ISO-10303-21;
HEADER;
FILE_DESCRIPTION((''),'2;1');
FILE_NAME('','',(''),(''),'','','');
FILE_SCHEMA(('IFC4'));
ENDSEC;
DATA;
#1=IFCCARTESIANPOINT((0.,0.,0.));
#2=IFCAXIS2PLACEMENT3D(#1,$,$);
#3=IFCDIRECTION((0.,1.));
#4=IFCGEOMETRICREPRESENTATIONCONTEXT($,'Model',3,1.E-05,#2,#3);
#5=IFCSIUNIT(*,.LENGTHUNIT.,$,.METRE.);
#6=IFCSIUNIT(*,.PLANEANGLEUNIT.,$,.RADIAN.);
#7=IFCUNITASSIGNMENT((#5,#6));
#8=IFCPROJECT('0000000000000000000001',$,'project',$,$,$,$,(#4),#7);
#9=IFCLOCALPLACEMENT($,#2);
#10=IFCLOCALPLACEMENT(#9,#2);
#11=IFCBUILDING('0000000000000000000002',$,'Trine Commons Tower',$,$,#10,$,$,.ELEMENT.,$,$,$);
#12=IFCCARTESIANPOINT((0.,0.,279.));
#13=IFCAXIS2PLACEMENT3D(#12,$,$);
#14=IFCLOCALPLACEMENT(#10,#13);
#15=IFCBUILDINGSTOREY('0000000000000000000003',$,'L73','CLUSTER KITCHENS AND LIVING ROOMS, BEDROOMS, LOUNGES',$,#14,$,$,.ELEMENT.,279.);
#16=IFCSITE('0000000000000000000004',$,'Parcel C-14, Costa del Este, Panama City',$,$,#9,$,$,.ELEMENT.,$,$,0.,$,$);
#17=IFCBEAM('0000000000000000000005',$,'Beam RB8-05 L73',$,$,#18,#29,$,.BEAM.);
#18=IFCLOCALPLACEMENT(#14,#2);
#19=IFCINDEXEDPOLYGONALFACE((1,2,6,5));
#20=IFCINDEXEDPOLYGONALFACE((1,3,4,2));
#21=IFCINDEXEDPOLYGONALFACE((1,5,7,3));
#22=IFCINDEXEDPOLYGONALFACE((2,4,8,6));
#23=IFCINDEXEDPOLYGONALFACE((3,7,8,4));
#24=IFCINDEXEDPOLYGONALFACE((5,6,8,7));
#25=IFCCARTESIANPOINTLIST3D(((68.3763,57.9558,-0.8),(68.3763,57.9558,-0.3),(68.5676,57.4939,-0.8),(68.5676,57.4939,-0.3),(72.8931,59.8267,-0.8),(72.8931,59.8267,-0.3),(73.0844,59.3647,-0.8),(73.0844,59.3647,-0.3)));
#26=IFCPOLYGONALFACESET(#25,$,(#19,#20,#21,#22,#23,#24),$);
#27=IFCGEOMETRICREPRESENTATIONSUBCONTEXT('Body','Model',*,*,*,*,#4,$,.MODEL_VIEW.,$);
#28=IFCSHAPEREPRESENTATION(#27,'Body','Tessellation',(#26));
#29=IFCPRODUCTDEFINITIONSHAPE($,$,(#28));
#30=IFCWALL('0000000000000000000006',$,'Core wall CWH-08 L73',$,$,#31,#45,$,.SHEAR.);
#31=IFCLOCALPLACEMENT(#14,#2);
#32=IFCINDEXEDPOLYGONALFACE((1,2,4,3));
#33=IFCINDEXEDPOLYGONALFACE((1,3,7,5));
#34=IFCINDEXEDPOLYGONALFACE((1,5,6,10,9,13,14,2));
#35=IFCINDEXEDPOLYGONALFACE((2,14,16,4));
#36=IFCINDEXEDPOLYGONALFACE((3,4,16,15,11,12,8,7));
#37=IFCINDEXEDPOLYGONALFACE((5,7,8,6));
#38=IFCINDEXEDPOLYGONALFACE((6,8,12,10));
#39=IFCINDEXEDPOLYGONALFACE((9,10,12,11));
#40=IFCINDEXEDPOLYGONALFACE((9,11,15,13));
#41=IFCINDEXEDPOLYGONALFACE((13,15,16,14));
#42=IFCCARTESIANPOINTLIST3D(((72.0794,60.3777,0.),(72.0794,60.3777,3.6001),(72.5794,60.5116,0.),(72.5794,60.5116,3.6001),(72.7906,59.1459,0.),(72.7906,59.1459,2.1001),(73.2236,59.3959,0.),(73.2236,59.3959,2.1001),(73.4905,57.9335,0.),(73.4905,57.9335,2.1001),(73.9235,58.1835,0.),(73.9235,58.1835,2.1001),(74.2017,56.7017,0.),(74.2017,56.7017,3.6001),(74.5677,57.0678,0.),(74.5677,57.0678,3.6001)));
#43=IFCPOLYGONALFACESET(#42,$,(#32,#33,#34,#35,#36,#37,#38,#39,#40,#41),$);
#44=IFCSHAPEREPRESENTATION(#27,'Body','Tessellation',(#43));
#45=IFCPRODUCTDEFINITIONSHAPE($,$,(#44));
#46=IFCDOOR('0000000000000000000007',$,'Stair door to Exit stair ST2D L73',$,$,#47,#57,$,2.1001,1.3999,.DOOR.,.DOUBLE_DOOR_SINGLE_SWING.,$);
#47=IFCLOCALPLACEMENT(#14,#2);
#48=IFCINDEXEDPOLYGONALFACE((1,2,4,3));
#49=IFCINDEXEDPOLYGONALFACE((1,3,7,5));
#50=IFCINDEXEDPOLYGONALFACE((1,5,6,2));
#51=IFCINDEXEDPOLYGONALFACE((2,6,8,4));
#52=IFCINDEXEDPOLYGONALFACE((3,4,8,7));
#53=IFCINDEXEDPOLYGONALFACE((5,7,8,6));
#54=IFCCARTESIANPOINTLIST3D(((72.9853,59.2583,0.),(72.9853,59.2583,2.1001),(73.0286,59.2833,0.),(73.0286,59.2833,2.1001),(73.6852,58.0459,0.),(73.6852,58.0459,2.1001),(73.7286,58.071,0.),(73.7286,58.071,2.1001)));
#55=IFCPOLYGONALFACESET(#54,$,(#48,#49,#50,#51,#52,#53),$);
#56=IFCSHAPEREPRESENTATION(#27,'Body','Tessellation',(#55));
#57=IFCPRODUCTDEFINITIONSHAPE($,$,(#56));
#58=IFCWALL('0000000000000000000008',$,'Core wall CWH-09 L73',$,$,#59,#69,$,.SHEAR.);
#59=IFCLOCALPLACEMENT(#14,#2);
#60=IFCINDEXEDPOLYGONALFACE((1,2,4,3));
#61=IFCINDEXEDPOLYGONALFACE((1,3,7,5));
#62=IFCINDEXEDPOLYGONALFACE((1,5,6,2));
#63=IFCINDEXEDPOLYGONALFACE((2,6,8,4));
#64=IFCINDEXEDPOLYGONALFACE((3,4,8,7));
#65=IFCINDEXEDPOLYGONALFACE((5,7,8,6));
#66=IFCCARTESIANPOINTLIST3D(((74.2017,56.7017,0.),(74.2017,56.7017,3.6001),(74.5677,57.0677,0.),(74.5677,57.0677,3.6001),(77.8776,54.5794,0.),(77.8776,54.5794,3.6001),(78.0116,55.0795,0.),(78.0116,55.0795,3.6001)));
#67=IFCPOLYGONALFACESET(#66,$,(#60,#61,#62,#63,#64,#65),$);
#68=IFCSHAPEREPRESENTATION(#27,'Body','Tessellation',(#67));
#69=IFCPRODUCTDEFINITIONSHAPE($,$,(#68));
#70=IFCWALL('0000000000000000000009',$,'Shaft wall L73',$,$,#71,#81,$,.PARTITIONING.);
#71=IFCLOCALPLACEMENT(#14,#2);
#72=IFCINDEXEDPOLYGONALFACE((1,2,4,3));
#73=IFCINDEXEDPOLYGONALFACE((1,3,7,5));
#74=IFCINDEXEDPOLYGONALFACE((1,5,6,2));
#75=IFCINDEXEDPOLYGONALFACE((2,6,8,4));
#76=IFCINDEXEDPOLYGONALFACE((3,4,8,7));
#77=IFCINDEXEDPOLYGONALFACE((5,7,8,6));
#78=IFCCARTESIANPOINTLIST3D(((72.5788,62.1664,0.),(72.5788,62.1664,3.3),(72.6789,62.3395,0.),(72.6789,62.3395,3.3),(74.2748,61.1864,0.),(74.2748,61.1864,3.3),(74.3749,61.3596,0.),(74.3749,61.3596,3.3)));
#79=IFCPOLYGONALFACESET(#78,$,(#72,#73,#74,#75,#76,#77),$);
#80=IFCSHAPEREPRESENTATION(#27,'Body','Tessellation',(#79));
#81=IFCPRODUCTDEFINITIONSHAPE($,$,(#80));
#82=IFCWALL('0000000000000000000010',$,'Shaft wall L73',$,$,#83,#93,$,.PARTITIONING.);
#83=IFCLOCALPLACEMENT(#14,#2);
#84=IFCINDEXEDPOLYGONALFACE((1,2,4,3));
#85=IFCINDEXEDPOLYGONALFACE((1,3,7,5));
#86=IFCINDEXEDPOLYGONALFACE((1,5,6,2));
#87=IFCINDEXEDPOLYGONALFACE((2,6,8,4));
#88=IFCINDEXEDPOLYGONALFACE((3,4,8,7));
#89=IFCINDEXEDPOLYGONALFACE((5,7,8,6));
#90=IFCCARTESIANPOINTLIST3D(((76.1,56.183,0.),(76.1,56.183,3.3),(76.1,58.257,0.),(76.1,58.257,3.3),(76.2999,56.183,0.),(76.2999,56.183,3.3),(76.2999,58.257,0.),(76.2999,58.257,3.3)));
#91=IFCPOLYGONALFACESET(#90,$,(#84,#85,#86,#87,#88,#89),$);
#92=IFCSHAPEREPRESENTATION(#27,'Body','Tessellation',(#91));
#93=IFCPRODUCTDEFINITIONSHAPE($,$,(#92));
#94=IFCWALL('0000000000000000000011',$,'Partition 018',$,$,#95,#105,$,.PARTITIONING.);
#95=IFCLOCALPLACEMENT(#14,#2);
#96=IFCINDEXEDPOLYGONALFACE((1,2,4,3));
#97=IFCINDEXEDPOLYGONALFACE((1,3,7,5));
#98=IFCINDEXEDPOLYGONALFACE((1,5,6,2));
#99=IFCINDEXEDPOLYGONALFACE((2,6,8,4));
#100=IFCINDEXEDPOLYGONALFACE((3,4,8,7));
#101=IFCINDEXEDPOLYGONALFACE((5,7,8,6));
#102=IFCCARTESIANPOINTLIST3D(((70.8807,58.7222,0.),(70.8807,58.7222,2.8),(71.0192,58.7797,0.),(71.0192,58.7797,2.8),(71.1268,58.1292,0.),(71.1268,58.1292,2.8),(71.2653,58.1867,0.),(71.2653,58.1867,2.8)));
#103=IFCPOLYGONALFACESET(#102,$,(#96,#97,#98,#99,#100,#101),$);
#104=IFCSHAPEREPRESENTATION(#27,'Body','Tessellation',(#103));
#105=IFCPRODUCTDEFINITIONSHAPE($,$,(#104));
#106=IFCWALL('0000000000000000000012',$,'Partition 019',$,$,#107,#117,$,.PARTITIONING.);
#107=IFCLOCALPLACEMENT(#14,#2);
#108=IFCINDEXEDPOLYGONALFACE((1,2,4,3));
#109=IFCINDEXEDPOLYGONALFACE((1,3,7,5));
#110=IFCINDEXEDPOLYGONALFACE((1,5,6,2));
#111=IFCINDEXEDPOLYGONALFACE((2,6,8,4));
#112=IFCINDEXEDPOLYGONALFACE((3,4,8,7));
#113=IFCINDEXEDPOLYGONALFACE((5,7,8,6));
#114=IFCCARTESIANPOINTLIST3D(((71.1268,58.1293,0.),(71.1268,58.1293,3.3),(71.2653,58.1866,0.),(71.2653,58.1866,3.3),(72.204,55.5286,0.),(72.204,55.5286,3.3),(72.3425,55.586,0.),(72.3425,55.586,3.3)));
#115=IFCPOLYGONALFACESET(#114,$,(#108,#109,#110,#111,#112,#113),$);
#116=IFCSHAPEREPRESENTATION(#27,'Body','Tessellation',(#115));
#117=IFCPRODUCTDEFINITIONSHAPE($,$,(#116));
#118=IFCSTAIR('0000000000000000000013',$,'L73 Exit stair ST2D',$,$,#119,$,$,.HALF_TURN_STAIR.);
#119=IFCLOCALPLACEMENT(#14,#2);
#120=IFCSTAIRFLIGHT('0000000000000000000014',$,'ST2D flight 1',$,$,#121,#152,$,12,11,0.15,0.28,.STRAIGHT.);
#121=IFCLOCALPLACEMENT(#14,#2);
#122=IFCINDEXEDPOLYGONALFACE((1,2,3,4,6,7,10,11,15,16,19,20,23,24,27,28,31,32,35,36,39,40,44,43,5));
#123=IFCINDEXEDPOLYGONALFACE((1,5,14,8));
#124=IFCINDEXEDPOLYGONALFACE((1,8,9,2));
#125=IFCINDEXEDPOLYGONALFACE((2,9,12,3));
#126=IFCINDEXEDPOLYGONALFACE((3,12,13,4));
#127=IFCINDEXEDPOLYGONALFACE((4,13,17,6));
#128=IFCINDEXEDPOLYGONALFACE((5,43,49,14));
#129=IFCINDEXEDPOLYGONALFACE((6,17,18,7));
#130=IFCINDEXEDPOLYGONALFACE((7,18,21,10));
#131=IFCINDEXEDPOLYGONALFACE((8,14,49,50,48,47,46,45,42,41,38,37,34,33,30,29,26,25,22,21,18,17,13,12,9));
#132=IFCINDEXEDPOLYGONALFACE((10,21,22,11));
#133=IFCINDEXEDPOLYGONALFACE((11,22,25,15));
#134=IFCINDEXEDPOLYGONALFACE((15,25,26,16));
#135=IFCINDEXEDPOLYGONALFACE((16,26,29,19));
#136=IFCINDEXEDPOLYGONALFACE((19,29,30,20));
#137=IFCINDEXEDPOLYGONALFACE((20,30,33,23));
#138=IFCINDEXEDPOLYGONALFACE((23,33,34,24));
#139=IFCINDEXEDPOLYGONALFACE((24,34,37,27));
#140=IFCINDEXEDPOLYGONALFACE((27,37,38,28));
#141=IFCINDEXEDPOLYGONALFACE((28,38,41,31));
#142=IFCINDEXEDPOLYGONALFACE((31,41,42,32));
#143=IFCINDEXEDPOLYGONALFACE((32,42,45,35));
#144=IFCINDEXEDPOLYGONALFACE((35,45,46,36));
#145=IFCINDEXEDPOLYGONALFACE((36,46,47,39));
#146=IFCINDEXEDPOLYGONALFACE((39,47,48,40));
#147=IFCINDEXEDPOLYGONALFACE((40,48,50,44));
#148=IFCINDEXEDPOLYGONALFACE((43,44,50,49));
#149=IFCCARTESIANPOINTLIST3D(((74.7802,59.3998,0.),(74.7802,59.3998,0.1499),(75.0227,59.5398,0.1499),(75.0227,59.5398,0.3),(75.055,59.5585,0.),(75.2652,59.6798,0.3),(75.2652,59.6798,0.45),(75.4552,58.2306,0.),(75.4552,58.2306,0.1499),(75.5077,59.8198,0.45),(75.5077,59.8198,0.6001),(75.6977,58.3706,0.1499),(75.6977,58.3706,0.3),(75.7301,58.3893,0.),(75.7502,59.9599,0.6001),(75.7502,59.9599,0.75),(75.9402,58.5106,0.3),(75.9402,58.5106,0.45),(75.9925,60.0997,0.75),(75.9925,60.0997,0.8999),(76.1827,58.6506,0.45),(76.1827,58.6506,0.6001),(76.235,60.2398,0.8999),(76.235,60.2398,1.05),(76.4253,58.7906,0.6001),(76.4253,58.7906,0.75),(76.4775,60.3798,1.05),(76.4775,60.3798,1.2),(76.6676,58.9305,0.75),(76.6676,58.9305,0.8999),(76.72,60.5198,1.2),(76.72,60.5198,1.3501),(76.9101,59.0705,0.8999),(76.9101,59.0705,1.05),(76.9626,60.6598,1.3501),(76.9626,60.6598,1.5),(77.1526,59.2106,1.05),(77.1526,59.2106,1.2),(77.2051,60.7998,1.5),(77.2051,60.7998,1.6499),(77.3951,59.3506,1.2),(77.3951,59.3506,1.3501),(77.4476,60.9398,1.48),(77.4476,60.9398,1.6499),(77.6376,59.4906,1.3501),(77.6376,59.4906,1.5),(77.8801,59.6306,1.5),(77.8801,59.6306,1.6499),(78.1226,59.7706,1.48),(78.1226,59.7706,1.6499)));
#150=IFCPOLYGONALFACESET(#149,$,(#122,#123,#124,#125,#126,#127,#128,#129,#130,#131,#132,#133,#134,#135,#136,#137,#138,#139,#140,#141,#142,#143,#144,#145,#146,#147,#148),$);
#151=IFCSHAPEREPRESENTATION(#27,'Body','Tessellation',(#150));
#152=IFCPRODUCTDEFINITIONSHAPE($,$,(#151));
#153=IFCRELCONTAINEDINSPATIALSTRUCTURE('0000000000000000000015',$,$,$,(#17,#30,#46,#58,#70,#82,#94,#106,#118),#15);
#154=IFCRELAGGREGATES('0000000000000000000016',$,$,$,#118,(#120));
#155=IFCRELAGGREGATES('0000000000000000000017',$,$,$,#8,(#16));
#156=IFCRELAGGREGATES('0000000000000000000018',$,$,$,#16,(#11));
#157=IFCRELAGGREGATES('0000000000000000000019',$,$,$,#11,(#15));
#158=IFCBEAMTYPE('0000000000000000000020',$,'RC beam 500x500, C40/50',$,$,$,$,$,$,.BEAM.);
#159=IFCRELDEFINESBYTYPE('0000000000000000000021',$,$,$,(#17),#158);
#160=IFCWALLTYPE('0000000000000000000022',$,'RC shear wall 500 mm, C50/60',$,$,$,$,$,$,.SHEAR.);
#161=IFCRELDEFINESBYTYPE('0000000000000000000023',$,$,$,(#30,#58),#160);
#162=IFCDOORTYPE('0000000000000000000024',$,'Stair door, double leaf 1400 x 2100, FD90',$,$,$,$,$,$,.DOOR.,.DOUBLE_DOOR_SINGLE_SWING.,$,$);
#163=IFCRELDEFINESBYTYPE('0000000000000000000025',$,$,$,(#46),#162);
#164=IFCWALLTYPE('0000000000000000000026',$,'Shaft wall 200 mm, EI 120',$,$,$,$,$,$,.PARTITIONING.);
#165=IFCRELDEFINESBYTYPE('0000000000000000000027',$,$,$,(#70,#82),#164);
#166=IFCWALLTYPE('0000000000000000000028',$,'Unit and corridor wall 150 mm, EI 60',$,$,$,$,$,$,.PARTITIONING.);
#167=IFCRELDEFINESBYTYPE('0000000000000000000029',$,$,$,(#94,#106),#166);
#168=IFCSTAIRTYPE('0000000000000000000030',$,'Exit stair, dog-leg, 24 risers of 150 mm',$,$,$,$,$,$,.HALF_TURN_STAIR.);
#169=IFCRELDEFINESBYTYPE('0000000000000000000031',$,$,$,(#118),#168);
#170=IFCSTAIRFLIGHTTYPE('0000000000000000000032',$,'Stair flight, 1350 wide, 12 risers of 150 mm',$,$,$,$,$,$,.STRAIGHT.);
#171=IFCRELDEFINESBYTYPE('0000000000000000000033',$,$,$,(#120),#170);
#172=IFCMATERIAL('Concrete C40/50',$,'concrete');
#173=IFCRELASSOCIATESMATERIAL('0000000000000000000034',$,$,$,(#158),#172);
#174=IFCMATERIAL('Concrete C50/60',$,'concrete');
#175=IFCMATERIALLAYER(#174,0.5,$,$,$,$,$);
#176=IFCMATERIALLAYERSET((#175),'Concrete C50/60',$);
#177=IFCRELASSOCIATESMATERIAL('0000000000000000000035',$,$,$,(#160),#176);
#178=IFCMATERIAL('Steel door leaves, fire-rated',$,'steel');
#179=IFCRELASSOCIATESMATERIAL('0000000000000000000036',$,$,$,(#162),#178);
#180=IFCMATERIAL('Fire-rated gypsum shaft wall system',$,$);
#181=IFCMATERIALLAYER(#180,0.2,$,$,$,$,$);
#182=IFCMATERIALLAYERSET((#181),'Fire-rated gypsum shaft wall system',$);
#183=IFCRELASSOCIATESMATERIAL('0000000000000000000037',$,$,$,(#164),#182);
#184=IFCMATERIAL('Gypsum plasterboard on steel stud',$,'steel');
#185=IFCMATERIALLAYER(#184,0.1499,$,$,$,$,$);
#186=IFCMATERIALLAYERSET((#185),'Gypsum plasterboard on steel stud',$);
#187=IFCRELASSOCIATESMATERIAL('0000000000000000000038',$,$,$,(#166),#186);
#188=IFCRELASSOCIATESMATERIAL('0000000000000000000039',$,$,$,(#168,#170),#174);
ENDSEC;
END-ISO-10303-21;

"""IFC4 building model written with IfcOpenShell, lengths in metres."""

from ifc_helpers import new_model, si_unit, direction, frame, frame_2d, origin, origin_2d, place, context, subcontext, project, spatial, polyline, rectangle, outline, extrude, material, layer, layer_set, material_profile, profile_set, type_object, element, fill, aggregate, save


model = new_model("IFC4")

# Units and contexts
model_context = context("Model", 3, precision=1e-05, world=origin(), true_north=direction((0.0, 1.0)))
body_context = subcontext(model_context, "Body", "Model", "MODEL_VIEW")
ifc_project = project(units=[si_unit("LENGTHUNIT", "METRE"), si_unit("PLANEANGLEUNIT", "RADIAN")], contexts=[model_context])

# Site, building, storey
site_placement = place(None, origin())
site = spatial("IfcSite", under=ifc_project, at=site_placement, Name="Parcel C-14, Costa del Este, Panama City", CompositionType="ELEMENT", RefElevation=0.0)
building_placement = place(site_placement, origin())
building = spatial("IfcBuilding", under=site, at=building_placement, Name="Trine Commons Tower", CompositionType="ELEMENT")
storey_placement = place(building_placement, frame((0.0, 0.0, 279.0)))
storey = spatial("IfcBuildingStorey", under=building, at=storey_placement, Name="L73", Description="CLUSTER KITCHENS AND LIVING ROOMS, BEDROOMS, LOUNGES", CompositionType="ELEMENT", Elevation=279.0)

# Beam
ifc_material_1 = material(Name="Concrete C40/50", Category="concrete")
ifc_material_profile = material_profile(ifc_material_1, rectangle(XDim=0.5, YDim=0.5, at=origin_2d()), Name="RC 500x500")
ifc_profile_set = profile_set([ifc_material_profile], Name="Concrete C40/50")
beam_type = type_object("IfcBeamType", Name="RC beam 500x500, C40/50", PredefinedType="BEAM", material=ifc_profile_set)
beam_placement = place(storey_placement, frame((72.9888, 59.5957, -0.55), z_axis=(-0.923886, -0.382668, 0.0), x_axis=(0.382668, -0.923886, 0.0)))
element("IfcBeam", 1, at=beam_placement, inside=storey, type_object=beam_type, Name="Beam RB8-05 L73", PredefinedType="BEAM", context=body_context, shape_type="SweptSolid", body=[
    extrude(rectangle(XDim=0.5, YDim=0.5, at=origin_2d()), origin(), (0.0, 0.0, 1.0), 4.8889),
])

# Wall, opening, door
ifc_material_2 = material(Name="Concrete C50/60", Category="concrete")
ifc_layer_1 = layer(ifc_material_2, 0.5)
ifc_layer_set_1 = layer_set([ifc_layer_1], Name="Concrete C50/60")
wall_type_1 = type_object("IfcWallType", Name="RC shear wall 500 mm, C50/60", PredefinedType="SHEAR", material=ifc_layer_set_1)
wall_1_placement = place(storey_placement, frame((72.2959, 60.5027, 0.0), z_axis=(0.0, 0.0, 1.0), x_axis=(0.499993, -0.866029, 0.0)))
wall_1 = element("IfcWall", 2, at=wall_1_placement, inside=storey, type_object=wall_type_1, Name="Core wall CWH-08 L73", PredefinedType="SHEAR", context=body_context, shape_type="SweptSolid", body=[
    extrude(outline(polyline([(0.0, -0.25), (4.2446, -0.25), (4.1106, 0.25), (0.134, 0.25), (0.0, -0.25)])), origin(), (0.0, 0.0, 1.0), 3.6001),
])
opening_placement = place(wall_1_placement, frame((1.4224, 0.0, 0.0)))
opening = element("IfcOpeningElement", 3, at=opening_placement, cuts=wall_1, PredefinedType="OPENING", context=body_context, shape_type="SweptSolid", body=[
    extrude(rectangle(XDim=1.3999, YDim=2.1001, at=frame_2d((0.7, 1.05))), frame((0.0, 0.26, 0.0), z_axis=(0.0, -1.0, 0.0), x_axis=(1.0, 0.0, 0.0)), (0.0, 0.0, 1.0), 0.52),
])
ifc_material_3 = material(Name="Steel door leaves, fire-rated", Category="steel")
door_type = type_object("IfcDoorType", Name="Stair door, double leaf 1400 x 2100, FD90", OperationType="DOUBLE_DOOR_SINGLE_SWING", PredefinedType="DOOR", material=ifc_material_3)
door_placement = place(opening_placement, origin())
door = element("IfcDoor", 4, at=door_placement, inside=storey, type_object=door_type, Name="Stair door to Exit stair ST2D L73", OperationType="DOUBLE_DOOR_SINGLE_SWING", OverallHeight=2.1001, OverallWidth=1.3999, PredefinedType="DOOR", context=body_context, shape_type="SweptSolid", body=[
    extrude(rectangle(XDim=1.3999, YDim=2.1001, at=frame_2d((0.7, 1.05))), frame((0.0, 0.0249, 0.0), z_axis=(0.0, -1.0, 0.0), x_axis=(1.0, 0.0, 0.0)), (0.0, 0.0, 1.0), 0.05),
])
fill(opening, door)

# Walls
wall_2_placement = place(storey_placement, frame((74.3267, 56.9182, 0.0), z_axis=(0.0, 0.0, 1.0), x_axis=(0.866029, -0.499993, 0.0)))
element("IfcWall", 5, at=wall_2_placement, inside=storey, type_object=wall_type_1, Name="Core wall CWH-09 L73", PredefinedType="SHEAR", context=body_context, shape_type="SweptSolid", body=[
    extrude(outline(polyline([(0.0, -0.25), (4.2446, -0.25), (4.1106, 0.25), (0.134, 0.25), (0.0, -0.25)])), origin(), (0.0, 0.0, 1.0), 3.6001),
])
ifc_material_4 = material(Name="Fire-rated gypsum shaft wall system")
ifc_layer_2 = layer(ifc_material_4, 0.2)
ifc_layer_set_2 = layer_set([ifc_layer_2], Name="Fire-rated gypsum shaft wall system")
wall_type_2 = type_object("IfcWallType", Name="Shaft wall 200 mm, EI 120", PredefinedType="PARTITIONING", material=ifc_layer_set_2)
wall_3_placement = place(storey_placement, frame((74.325, 61.2729, 0.0), z_axis=(0.0, 0.0, 1.0), x_axis=(-0.865855, 0.500294, 0.0)))
element("IfcWall", 6, at=wall_3_placement, inside=storey, type_object=wall_type_2, Name="Shaft wall L73", PredefinedType="PARTITIONING", context=body_context, shape_type="SweptSolid", body=[
    extrude(rectangle(XDim=1.9587, YDim=0.2, at=frame_2d((0.9795, 0.0))), origin(), (0.0, 0.0, 1.0), 3.3),
])
wall_4_placement = place(storey_placement, frame((76.2, 58.2571, 0.0), z_axis=(0.0, 0.0, 1.0), x_axis=(0.0, -1.0, 0.0)))
element("IfcWall", 7, at=wall_4_placement, inside=storey, type_object=wall_type_2, Name="Shaft wall L73", PredefinedType="PARTITIONING", context=body_context, shape_type="SweptSolid", body=[
    extrude(rectangle(XDim=2.074, YDim=0.2, at=frame_2d((1.0371, 0.0))), origin(), (0.0, 0.0, 1.0), 3.3),
])
ifc_material_5 = material(Name="Gypsum plasterboard on steel stud", Category="steel")
ifc_layer_3 = layer(ifc_material_5, 0.1499)
ifc_layer_set_3 = layer_set([ifc_layer_3], Name="Gypsum plasterboard on steel stud")
wall_type_3 = type_object("IfcWallType", Name="Unit and corridor wall 150 mm, EI 60", PredefinedType="PARTITIONING", material=ifc_layer_set_3)
wall_5_placement = place(storey_placement, frame((70.95, 58.751, 0.0), z_axis=(0.0, 0.0, 1.0), x_axis=(0.383292, -0.923627, 0.0)))
element("IfcWall", 8, at=wall_5_placement, inside=storey, type_object=wall_type_3, Name="Partition 018", PredefinedType="PARTITIONING", context=body_context, shape_type="SweptSolid", body=[
    extrude(rectangle(XDim=0.6421, YDim=0.1499, at=frame_2d((0.321, 0.0))), origin(), (0.0, 0.0, 1.0), 2.8),
])
wall_6_placement = place(storey_placement, frame((71.196, 58.158, 0.0), z_axis=(0.0, 0.0, 1.0), x_axis=(0.382668, -0.923886, 0.0)))
element("IfcWall", 9, at=wall_6_placement, inside=storey, type_object=wall_type_3, Name="Partition 019", PredefinedType="PARTITIONING", context=body_context, shape_type="SweptSolid", body=[
    extrude(rectangle(XDim=2.8149, YDim=0.1499, at=frame_2d((1.4075, 0.0))), origin(), (0.0, 0.0, 1.0), 3.3),
])

# Stair, stair flight
stair_type = type_object("IfcStairType", Name="Exit stair, dog-leg, 24 risers of 150 mm", PredefinedType="HALF_TURN_STAIR", material=ifc_material_2)
stair_placement = place(storey_placement, origin())
stair = element("IfcStair", 10, at=stair_placement, inside=storey, type_object=stair_type, Name="L73 Exit stair ST2D", PredefinedType="HALF_TURN_STAIR")
stair_flight_type = type_object("IfcStairFlightType", Name="Stair flight, 1350 wide, 12 risers of 150 mm", PredefinedType="STRAIGHT", material=ifc_material_2)
stair_flight_1_placement = place(storey_placement, frame((75.1177, 58.8152, 0.0), z_axis=(0.0, 0.0, 1.0), x_axis=(0.866025, 0.5, 0.0)))
stair_flight_1 = element("IfcStairFlight", 11, at=stair_flight_1_placement, type_object=stair_flight_type, Name="ST2D flight 1", NumberOfRisers=12, NumberOfTreads=11, PredefinedType="STRAIGHT", RiserHeight=0.15, TreadLength=0.28, context=body_context, shape_type="SweptSolid", body=[
    extrude(outline(polyline([(0.0, 0.0), (0.0, 0.1499), (0.28, 0.1499), (0.28, 0.3), (0.5601, 0.3), (0.5601, 0.45), (0.8401, 0.45), (0.8401, 0.6001), (1.1201, 0.6001), (1.1201, 0.75), (1.3999, 0.75), (1.3999, 0.8999), (1.6799, 0.8999), (1.6799, 1.05), (1.96, 1.05), (1.96, 1.2), (2.24, 1.2), (2.24, 1.3501), (2.52, 1.3501), (2.52, 1.5), (2.8, 1.5), (2.8, 1.6499), (3.0801, 1.6499), (3.0801, 1.8), (3.0801, 1.48), (0.3174, 0.0), (0.0, 0.0)])), frame((0.0, 0.675, 0.0), z_axis=(0.0, -1.0, 0.0), x_axis=(1.0, 0.0, 0.0)), (0.0, 0.0, 1.0), 1.3501),
])
aggregate(stair, [stair_flight_1])

save(model, "model.ifc")
